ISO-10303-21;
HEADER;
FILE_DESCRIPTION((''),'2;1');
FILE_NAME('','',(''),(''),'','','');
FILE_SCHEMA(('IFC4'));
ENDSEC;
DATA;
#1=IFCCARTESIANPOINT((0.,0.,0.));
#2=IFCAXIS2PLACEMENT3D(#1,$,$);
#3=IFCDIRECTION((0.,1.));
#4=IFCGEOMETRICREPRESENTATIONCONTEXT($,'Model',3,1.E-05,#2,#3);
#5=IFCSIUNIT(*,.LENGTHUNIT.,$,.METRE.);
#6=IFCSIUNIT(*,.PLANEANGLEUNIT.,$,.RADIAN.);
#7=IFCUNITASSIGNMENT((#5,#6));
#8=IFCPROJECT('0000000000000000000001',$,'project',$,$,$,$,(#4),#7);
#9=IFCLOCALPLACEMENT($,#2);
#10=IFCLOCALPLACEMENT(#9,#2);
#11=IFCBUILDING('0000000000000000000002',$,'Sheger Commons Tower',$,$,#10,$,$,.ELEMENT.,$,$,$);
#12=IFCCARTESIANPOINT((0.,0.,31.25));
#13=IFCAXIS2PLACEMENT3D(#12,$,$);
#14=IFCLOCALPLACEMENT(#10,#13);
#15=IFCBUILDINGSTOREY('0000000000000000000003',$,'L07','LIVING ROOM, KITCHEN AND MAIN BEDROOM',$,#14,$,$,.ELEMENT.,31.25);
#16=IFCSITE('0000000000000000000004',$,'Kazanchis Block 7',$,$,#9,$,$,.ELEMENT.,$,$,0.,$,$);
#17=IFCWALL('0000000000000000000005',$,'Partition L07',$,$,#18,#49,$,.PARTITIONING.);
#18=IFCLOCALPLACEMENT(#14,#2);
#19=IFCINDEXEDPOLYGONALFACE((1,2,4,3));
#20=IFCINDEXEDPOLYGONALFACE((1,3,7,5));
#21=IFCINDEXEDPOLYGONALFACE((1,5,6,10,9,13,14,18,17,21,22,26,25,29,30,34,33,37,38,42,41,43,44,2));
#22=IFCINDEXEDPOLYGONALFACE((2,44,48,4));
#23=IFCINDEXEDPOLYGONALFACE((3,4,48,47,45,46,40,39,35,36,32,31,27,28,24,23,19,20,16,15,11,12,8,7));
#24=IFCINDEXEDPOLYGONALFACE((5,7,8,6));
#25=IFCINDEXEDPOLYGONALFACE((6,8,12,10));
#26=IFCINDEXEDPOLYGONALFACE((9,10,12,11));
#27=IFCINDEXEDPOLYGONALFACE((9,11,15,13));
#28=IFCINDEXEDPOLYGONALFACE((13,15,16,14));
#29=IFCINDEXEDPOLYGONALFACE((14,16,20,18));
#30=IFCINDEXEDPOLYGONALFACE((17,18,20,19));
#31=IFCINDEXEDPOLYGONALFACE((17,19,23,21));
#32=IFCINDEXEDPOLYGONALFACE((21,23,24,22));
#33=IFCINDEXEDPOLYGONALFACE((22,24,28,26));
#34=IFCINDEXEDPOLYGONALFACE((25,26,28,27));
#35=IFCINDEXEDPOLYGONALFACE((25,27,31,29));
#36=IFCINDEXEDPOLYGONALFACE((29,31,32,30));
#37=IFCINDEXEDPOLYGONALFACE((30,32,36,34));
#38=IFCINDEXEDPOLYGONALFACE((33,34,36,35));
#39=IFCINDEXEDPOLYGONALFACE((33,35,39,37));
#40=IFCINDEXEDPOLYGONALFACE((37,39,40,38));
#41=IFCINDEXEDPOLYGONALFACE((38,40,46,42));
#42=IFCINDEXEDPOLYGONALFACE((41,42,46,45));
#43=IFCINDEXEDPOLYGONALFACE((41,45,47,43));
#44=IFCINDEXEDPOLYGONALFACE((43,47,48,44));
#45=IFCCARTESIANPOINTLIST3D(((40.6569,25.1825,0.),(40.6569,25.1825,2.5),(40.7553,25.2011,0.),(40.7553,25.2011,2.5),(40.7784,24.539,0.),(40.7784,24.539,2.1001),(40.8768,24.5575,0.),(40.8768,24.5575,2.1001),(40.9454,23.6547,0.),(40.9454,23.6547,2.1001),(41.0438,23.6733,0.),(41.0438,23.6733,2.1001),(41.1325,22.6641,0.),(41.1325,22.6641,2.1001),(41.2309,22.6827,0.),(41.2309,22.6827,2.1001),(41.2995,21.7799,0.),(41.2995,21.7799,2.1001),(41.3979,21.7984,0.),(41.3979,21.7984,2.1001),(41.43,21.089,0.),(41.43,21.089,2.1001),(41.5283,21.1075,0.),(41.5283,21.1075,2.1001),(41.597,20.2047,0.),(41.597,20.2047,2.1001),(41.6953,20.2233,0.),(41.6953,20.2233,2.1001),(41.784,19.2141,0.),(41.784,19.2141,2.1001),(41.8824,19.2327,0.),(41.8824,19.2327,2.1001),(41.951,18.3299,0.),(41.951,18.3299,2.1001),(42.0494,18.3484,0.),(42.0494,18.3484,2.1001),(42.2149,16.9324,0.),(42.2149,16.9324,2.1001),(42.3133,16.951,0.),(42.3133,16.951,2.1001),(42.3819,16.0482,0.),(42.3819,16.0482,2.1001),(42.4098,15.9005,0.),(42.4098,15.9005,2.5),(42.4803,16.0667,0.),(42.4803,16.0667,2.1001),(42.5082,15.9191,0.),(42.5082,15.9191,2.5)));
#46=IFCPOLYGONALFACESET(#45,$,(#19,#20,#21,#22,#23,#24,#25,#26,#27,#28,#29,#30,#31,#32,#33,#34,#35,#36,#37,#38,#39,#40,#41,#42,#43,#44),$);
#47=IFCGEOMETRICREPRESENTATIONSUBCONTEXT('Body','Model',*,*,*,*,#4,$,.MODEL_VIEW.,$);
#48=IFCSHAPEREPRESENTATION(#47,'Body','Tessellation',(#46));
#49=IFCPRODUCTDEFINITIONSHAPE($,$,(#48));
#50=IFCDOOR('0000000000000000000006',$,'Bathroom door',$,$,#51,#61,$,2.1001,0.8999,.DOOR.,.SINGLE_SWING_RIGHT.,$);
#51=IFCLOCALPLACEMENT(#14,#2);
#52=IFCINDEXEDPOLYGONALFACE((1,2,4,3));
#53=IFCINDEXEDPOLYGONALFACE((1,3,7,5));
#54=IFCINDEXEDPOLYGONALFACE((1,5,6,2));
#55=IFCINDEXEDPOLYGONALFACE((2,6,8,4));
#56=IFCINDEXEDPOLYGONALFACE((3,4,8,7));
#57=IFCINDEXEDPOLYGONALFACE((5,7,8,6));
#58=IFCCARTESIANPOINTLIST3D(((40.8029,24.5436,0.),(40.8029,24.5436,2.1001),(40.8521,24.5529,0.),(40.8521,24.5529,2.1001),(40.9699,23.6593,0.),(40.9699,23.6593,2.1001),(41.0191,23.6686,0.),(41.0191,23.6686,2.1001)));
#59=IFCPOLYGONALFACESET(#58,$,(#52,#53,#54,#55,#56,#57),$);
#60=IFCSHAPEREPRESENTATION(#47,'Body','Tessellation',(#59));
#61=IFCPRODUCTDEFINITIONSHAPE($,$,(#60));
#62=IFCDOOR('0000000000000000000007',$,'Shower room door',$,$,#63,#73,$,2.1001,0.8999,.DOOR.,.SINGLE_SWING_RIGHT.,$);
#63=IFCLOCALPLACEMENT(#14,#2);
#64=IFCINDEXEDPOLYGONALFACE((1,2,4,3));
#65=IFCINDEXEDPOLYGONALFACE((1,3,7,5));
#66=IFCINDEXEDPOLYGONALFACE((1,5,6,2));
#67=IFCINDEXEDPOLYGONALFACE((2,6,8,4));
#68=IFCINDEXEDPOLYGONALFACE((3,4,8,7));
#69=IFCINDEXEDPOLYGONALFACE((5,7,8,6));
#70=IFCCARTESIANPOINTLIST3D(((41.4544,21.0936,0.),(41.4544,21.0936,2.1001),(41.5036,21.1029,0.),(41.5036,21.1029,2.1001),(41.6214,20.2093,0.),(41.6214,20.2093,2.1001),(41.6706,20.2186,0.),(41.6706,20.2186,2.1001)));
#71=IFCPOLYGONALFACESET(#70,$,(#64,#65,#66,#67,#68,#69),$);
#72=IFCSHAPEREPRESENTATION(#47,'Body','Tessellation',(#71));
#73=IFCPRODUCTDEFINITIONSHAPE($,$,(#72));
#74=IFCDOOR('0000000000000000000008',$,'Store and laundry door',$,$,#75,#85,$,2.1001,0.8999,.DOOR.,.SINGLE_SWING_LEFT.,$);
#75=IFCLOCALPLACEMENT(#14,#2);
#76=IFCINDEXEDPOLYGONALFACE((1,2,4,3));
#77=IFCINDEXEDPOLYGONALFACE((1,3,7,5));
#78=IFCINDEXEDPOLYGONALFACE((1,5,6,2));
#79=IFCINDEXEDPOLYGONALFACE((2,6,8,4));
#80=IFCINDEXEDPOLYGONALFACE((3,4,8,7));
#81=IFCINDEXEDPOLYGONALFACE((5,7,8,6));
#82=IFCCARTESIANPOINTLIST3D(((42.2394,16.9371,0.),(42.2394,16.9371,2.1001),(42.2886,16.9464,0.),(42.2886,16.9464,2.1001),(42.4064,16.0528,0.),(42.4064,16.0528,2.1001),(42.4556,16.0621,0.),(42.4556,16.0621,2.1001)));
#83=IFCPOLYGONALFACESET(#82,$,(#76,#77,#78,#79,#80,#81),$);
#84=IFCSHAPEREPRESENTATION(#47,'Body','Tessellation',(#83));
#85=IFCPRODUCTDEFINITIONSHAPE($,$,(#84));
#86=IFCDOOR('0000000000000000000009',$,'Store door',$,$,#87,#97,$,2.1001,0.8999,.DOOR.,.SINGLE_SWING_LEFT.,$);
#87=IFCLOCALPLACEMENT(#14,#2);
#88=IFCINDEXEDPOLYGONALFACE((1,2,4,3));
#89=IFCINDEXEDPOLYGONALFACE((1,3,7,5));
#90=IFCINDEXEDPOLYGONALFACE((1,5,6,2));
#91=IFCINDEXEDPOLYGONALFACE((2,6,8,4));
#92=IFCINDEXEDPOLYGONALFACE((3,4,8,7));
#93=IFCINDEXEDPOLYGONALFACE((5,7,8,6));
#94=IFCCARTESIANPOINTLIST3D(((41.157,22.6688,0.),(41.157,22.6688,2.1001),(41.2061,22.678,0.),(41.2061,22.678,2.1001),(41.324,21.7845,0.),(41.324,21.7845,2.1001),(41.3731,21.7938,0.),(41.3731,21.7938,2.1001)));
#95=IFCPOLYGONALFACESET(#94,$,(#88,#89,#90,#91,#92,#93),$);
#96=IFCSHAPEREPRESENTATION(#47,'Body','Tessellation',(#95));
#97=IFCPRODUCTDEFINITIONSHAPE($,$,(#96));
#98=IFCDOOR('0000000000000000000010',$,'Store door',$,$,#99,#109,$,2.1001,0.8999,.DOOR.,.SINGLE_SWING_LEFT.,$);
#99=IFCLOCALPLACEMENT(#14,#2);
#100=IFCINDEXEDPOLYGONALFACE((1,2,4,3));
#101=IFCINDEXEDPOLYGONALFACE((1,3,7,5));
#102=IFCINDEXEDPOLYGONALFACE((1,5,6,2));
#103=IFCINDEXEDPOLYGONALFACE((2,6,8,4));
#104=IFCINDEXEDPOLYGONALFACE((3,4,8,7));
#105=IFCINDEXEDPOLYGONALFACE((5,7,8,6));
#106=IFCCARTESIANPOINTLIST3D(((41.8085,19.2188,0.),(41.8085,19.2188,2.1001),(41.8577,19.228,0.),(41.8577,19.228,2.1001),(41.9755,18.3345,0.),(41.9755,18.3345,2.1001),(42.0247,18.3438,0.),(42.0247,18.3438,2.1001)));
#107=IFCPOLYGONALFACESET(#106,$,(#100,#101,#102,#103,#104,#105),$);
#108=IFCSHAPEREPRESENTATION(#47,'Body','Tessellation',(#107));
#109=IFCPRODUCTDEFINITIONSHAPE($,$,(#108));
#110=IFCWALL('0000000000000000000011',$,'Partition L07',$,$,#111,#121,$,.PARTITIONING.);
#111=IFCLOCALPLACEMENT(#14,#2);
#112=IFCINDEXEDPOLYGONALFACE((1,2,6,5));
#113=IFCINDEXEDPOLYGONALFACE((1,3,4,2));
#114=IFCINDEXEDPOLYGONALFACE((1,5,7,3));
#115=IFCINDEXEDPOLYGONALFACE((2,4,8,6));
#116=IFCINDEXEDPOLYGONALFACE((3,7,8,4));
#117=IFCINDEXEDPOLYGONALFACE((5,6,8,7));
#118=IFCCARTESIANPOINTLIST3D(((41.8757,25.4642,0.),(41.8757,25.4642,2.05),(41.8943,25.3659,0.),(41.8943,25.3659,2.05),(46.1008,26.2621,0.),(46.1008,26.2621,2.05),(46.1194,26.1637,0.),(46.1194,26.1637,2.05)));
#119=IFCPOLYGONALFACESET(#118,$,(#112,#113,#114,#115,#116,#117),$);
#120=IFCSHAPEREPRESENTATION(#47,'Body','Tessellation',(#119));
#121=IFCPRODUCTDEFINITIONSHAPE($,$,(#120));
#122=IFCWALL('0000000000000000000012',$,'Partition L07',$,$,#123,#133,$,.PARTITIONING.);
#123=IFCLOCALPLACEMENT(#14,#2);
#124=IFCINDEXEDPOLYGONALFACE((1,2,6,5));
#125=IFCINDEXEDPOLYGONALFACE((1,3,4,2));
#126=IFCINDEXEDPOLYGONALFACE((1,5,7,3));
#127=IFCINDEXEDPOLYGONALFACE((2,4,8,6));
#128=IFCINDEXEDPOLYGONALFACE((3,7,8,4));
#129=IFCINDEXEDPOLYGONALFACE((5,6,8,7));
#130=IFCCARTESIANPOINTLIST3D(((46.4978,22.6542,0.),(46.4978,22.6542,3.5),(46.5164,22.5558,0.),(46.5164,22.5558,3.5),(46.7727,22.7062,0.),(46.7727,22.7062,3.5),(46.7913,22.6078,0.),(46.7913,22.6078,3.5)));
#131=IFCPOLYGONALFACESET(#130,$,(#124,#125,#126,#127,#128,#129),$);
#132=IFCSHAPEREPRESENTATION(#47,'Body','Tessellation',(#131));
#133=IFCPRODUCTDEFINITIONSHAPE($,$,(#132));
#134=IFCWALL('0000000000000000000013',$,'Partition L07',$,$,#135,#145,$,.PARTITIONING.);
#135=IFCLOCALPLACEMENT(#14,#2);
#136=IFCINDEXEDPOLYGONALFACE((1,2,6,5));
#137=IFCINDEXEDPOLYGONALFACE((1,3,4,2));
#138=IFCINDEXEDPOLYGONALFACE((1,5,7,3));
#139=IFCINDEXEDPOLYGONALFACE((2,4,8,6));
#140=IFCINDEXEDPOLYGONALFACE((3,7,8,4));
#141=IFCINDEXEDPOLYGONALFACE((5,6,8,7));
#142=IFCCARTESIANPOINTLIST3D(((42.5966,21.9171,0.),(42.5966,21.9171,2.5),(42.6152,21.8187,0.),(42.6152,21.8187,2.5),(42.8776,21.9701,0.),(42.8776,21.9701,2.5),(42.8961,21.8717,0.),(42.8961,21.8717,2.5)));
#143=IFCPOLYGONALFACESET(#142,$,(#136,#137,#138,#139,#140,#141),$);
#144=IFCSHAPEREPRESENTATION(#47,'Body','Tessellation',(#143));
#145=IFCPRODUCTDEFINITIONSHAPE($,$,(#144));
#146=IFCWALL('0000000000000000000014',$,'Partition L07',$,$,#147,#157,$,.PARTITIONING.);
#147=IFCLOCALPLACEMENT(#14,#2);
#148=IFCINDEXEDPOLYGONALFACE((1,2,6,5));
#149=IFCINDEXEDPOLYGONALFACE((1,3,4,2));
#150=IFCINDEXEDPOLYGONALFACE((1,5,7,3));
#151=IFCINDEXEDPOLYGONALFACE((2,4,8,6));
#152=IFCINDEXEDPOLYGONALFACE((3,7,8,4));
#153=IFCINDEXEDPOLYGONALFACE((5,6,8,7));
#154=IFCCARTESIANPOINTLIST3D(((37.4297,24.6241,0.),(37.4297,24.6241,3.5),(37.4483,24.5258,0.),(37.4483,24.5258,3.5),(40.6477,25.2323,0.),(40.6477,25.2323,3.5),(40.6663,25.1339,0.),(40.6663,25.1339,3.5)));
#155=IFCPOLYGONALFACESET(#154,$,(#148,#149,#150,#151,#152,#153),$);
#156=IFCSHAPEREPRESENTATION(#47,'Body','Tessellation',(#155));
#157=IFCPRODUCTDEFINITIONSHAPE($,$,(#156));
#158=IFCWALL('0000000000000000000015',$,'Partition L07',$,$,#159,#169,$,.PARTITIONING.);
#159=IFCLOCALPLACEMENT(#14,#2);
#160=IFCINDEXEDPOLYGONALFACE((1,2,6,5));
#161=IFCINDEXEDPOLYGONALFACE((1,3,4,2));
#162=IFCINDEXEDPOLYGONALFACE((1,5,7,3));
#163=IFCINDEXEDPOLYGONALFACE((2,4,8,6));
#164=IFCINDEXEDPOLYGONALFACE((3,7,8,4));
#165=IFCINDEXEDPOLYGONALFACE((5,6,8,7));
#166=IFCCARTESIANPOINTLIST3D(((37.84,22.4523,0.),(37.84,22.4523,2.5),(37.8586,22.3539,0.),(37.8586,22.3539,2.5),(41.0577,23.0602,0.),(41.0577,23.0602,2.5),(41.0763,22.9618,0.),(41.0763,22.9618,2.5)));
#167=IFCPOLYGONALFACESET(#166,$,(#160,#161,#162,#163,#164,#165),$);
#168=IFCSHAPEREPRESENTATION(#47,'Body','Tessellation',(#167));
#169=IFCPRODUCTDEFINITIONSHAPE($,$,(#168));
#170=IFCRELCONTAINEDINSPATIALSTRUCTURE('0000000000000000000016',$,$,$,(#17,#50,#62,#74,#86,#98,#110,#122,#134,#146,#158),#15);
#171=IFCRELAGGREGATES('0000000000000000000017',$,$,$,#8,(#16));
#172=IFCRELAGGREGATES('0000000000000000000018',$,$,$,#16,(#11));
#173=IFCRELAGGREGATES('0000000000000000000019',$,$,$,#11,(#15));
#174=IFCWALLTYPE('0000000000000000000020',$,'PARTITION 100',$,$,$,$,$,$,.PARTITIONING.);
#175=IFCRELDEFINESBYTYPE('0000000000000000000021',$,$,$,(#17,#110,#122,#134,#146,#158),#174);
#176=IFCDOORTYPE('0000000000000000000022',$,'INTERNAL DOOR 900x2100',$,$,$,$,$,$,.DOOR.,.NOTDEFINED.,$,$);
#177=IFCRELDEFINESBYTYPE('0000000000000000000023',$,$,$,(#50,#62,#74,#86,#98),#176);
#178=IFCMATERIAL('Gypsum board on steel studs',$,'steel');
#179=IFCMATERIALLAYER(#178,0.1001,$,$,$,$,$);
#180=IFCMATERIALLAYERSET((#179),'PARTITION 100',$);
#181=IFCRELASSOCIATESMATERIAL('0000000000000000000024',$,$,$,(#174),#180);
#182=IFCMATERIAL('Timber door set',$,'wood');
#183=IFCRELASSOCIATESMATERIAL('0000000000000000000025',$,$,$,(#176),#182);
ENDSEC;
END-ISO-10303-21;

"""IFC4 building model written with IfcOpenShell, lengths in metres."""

from ifc_helpers import new_model, si_unit, direction, frame, frame_2d, origin, place, context, subcontext, project, spatial, rectangle, extrude, material, layer, layer_set, type_object, element, fill, save


model = new_model("IFC4")

# Units and contexts
model_context = context("Model", 3, precision=1e-05, world=origin(), true_north=direction((0.0, 1.0)))
body_context = subcontext(model_context, "Body", "Model", "MODEL_VIEW")
ifc_project = project(units=[si_unit("LENGTHUNIT", "METRE"), si_unit("PLANEANGLEUNIT", "RADIAN")], contexts=[model_context])

# Site, building, storey
site_placement = place(None, origin())
site = spatial("IfcSite", under=ifc_project, at=site_placement, Name="Kazanchis Block 7", CompositionType="ELEMENT", RefElevation=0.0)
building_placement = place(site_placement, origin())
building = spatial("IfcBuilding", under=site, at=building_placement, Name="Sheger Commons Tower", CompositionType="ELEMENT")
storey_placement = place(building_placement, frame((0.0, 0.0, 31.25)))
storey = spatial("IfcBuildingStorey", under=building, at=storey_placement, Name="L07", Description="LIVING ROOM, KITCHEN AND MAIN BEDROOM", CompositionType="ELEMENT", Elevation=31.25)

# Wall, openings, doors
ifc_material_1 = material(Name="Gypsum board on steel studs", Category="steel")
ifc_layer_1 = layer(ifc_material_1, 0.1001)
ifc_layer_set_1 = layer_set([ifc_layer_1], Name="PARTITION 100")
wall_type_1 = type_object("IfcWallType", Name="PARTITION 100", PredefinedType="PARTITIONING", material=ifc_layer_set_1)
ifc_material_2 = material(Name="Timber door set", Category="wood")
door_type = type_object("IfcDoorType", Name="INTERNAL DOOR 900x2100", OperationType="NOTDEFINED", PredefinedType="DOOR", material=ifc_material_2)
wall_1_placement = place(storey_placement, frame((40.7061, 25.1919, 0.0), z_axis=(0.0, 0.0, 1.0), x_axis=(0.185573, -0.982631, 0.0)))
wall_1 = element("IfcWall", 1, at=wall_1_placement, inside=storey, type_object=wall_type_1, Name="Partition L07", PredefinedType="PARTITIONING", context=body_context, shape_type="SweptSolid", body=[
    extrude(rectangle(XDim=9.446, YDim=0.1001, at=frame_2d((4.7231, 0.0))), origin(), (0.0, 0.0, 1.0), 2.5),
])
opening_1_placement = place(wall_1_placement, frame((0.655, 0.0, 0.0)))
opening_1 = element("IfcOpeningElement", 2, at=opening_1_placement, cuts=wall_1, PredefinedType="OPENING", context=body_context, shape_type="SweptSolid", body=[
    extrude(rectangle(XDim=0.8999, YDim=2.1001, at=frame_2d((0.45, 1.05))), frame((0.0, 0.0601, 0.0), z_axis=(0.0, -1.0, 0.0), x_axis=(1.0, 0.0, 0.0)), (0.0, 0.0, 1.0), 0.1201),
])
opening_2_placement = place(wall_1_placement, frame((4.166, 0.0, 0.0)))
opening_2 = element("IfcOpeningElement", 3, at=opening_2_placement, cuts=wall_1, PredefinedType="OPENING", context=body_context, shape_type="SweptSolid", body=[
    extrude(rectangle(XDim=0.8999, YDim=2.1001, at=frame_2d((0.45, 1.05))), frame((0.0, 0.0601, 0.0), z_axis=(0.0, -1.0, 0.0), x_axis=(1.0, 0.0, 0.0)), (0.0, 0.0, 1.0), 0.1201),
])
opening_3_placement = place(wall_1_placement, frame((8.396, 0.0, 0.0)))
opening_3 = element("IfcOpeningElement", 4, at=opening_3_placement, cuts=wall_1, PredefinedType="OPENING", context=body_context, shape_type="SweptSolid", body=[
    extrude(rectangle(XDim=0.8999, YDim=2.1001, at=frame_2d((0.45, 1.05))), frame((0.0, 0.0601, 0.0), z_axis=(0.0, -1.0, 0.0), x_axis=(1.0, 0.0, 0.0)), (0.0, 0.0, 1.0), 0.1201),
])
opening_4_placement = place(wall_1_placement, frame((2.563, 0.0, 0.0)))
opening_4 = element("IfcOpeningElement", 5, at=opening_4_placement, cuts=wall_1, PredefinedType="OPENING", context=body_context, shape_type="SweptSolid", body=[
    extrude(rectangle(XDim=0.8999, YDim=2.1001, at=frame_2d((0.45, 1.05))), frame((0.0, 0.0601, 0.0), z_axis=(0.0, -1.0, 0.0), x_axis=(1.0, 0.0, 0.0)), (0.0, 0.0, 1.0), 0.1201),
])
opening_5_placement = place(wall_1_placement, frame((6.074, 0.0, 0.0)))
opening_5 = element("IfcOpeningElement", 6, at=opening_5_placement, cuts=wall_1, PredefinedType="OPENING", context=body_context, shape_type="SweptSolid", body=[
    extrude(rectangle(XDim=0.8999, YDim=2.1001, at=frame_2d((0.45, 1.05))), frame((0.0, 0.0601, 0.0), z_axis=(0.0, -1.0, 0.0), x_axis=(1.0, 0.0, 0.0)), (0.0, 0.0, 1.0), 0.1201),
])
door_1_placement = place(opening_1_placement, origin())
door_1 = element("IfcDoor", 7, at=door_1_placement, inside=storey, type_object=door_type, Name="Bathroom door", OperationType="SINGLE_SWING_RIGHT", OverallHeight=2.1001, OverallWidth=0.8999, PredefinedType="DOOR", context=body_context, shape_type="SweptSolid", body=[
    extrude(rectangle(XDim=0.8999, YDim=2.1001, at=frame_2d((0.45, 1.05))), frame((0.0, 0.0249, 0.0), z_axis=(0.0, -1.0, 0.0), x_axis=(1.0, 0.0, 0.0)), (0.0, 0.0, 1.0), 0.05),
])
fill(opening_1, door_1)
door_2_placement = place(opening_2_placement, origin())
door_2 = element("IfcDoor", 8, at=door_2_placement, inside=storey, type_object=door_type, Name="Shower room door", OperationType="SINGLE_SWING_RIGHT", OverallHeight=2.1001, OverallWidth=0.8999, PredefinedType="DOOR", context=body_context, shape_type="SweptSolid", body=[
    extrude(rectangle(XDim=0.8999, YDim=2.1001, at=frame_2d((0.45, 1.05))), frame((0.0, 0.0249, 0.0), z_axis=(0.0, -1.0, 0.0), x_axis=(1.0, 0.0, 0.0)), (0.0, 0.0, 1.0), 0.05),
])
fill(opening_2, door_2)
door_3_placement = place(opening_3_placement, origin())
door_3 = element("IfcDoor", 9, at=door_3_placement, inside=storey, type_object=door_type, Name="Store and laundry door", OperationType="SINGLE_SWING_LEFT", OverallHeight=2.1001, OverallWidth=0.8999, PredefinedType="DOOR", context=body_context, shape_type="SweptSolid", body=[
    extrude(rectangle(XDim=0.8999, YDim=2.1001, at=frame_2d((0.45, 1.05))), frame((0.0, 0.0249, 0.0), z_axis=(0.0, -1.0, 0.0), x_axis=(1.0, 0.0, 0.0)), (0.0, 0.0, 1.0), 0.05),
])
fill(opening_3, door_3)
door_4_placement = place(opening_4_placement, origin())
door_4 = element("IfcDoor", 10, at=door_4_placement, inside=storey, type_object=door_type, Name="Store door", OperationType="SINGLE_SWING_LEFT", OverallHeight=2.1001, OverallWidth=0.8999, PredefinedType="DOOR", context=body_context, shape_type="SweptSolid", body=[
    extrude(rectangle(XDim=0.8999, YDim=2.1001, at=frame_2d((0.45, 1.05))), frame((0.0, 0.0249, 0.0), z_axis=(0.0, -1.0, 0.0), x_axis=(1.0, 0.0, 0.0)), (0.0, 0.0, 1.0), 0.05),
])
fill(opening_4, door_4)
door_5_placement = place(opening_5_placement, origin())
door_5 = element("IfcDoor", 11, at=door_5_placement, inside=storey, type_object=door_type, Name="Store door", OperationType="SINGLE_SWING_LEFT", OverallHeight=2.1001, OverallWidth=0.8999, PredefinedType="DOOR", context=body_context, shape_type="SweptSolid", body=[
    extrude(rectangle(XDim=0.8999, YDim=2.1001, at=frame_2d((0.45, 1.05))), frame((0.0, 0.0249, 0.0), z_axis=(0.0, -1.0, 0.0), x_axis=(1.0, 0.0, 0.0)), (0.0, 0.0, 1.0), 0.05),
])
fill(opening_5, door_5)

# Walls
wall_2_placement = place(storey_placement, frame((46.1101, 26.2129, 0.0), z_axis=(0.0, 0.0, 1.0), x_axis=(-0.982634, -0.185557, 0.0)))
element("IfcWall", 12, at=wall_2_placement, inside=storey, type_object=wall_type_1, Name="Partition L07", PredefinedType="PARTITIONING", context=body_context, shape_type="SweptSolid", body=[
    extrude(rectangle(XDim=4.2998, YDim=0.1001, at=frame_2d((2.1499, 0.0))), origin(), (0.0, 0.0, 1.0), 2.05),
])
wall_3_placement = place(storey_placement, frame((46.782, 22.657, 0.0), z_axis=(0.0, 0.0, 1.0), x_axis=(-0.982575, -0.185869, 0.0)))
element("IfcWall", 13, at=wall_3_placement, inside=storey, type_object=wall_type_1, Name="Partition L07", PredefinedType="PARTITIONING", context=body_context, shape_type="SweptSolid", body=[
    extrude(rectangle(XDim=0.2798, YDim=0.1001, at=frame_2d((0.1399, 0.0))), origin(), (0.0, 0.0, 1.0), 3.5),
])
wall_4_placement = place(storey_placement, frame((42.887, 21.9209, 0.0), z_axis=(0.0, 0.0, 1.0), x_axis=(-0.982688, -0.185268, 0.0)))
element("IfcWall", 14, at=wall_4_placement, inside=storey, type_object=wall_type_1, Name="Partition L07", PredefinedType="PARTITIONING", context=body_context, shape_type="SweptSolid", body=[
    extrude(rectangle(XDim=0.2859, YDim=0.1001, at=frame_2d((0.1431, 0.0))), origin(), (0.0, 0.0, 1.0), 2.5),
])
wall_5_placement = place(storey_placement, frame((40.657, 25.1831, 0.0), z_axis=(0.0, 0.0, 1.0), x_axis=(-0.982607, -0.185697, 0.0)))
element("IfcWall", 15, at=wall_5_placement, inside=storey, type_object=wall_type_1, Name="Partition L07", PredefinedType="PARTITIONING", context=body_context, shape_type="SweptSolid", body=[
    extrude(rectangle(XDim=3.2749, YDim=0.1001, at=frame_2d((1.6375, 0.0))), origin(), (0.0, 0.0, 1.0), 3.5),
])
wall_6_placement = place(storey_placement, frame((41.0669, 23.011, 0.0), z_axis=(0.0, 0.0, 1.0), x_axis=(-0.982618, -0.185639, 0.0)))
element("IfcWall", 16, at=wall_6_placement, inside=storey, type_object=wall_type_1, Name="Partition L07", PredefinedType="PARTITIONING", context=body_context, shape_type="SweptSolid", body=[
    extrude(rectangle(XDim=3.2747, YDim=0.1001, at=frame_2d((1.6372, 0.0))), origin(), (0.0, 0.0, 1.0), 2.5),
])

save(model, "model.ifc")
